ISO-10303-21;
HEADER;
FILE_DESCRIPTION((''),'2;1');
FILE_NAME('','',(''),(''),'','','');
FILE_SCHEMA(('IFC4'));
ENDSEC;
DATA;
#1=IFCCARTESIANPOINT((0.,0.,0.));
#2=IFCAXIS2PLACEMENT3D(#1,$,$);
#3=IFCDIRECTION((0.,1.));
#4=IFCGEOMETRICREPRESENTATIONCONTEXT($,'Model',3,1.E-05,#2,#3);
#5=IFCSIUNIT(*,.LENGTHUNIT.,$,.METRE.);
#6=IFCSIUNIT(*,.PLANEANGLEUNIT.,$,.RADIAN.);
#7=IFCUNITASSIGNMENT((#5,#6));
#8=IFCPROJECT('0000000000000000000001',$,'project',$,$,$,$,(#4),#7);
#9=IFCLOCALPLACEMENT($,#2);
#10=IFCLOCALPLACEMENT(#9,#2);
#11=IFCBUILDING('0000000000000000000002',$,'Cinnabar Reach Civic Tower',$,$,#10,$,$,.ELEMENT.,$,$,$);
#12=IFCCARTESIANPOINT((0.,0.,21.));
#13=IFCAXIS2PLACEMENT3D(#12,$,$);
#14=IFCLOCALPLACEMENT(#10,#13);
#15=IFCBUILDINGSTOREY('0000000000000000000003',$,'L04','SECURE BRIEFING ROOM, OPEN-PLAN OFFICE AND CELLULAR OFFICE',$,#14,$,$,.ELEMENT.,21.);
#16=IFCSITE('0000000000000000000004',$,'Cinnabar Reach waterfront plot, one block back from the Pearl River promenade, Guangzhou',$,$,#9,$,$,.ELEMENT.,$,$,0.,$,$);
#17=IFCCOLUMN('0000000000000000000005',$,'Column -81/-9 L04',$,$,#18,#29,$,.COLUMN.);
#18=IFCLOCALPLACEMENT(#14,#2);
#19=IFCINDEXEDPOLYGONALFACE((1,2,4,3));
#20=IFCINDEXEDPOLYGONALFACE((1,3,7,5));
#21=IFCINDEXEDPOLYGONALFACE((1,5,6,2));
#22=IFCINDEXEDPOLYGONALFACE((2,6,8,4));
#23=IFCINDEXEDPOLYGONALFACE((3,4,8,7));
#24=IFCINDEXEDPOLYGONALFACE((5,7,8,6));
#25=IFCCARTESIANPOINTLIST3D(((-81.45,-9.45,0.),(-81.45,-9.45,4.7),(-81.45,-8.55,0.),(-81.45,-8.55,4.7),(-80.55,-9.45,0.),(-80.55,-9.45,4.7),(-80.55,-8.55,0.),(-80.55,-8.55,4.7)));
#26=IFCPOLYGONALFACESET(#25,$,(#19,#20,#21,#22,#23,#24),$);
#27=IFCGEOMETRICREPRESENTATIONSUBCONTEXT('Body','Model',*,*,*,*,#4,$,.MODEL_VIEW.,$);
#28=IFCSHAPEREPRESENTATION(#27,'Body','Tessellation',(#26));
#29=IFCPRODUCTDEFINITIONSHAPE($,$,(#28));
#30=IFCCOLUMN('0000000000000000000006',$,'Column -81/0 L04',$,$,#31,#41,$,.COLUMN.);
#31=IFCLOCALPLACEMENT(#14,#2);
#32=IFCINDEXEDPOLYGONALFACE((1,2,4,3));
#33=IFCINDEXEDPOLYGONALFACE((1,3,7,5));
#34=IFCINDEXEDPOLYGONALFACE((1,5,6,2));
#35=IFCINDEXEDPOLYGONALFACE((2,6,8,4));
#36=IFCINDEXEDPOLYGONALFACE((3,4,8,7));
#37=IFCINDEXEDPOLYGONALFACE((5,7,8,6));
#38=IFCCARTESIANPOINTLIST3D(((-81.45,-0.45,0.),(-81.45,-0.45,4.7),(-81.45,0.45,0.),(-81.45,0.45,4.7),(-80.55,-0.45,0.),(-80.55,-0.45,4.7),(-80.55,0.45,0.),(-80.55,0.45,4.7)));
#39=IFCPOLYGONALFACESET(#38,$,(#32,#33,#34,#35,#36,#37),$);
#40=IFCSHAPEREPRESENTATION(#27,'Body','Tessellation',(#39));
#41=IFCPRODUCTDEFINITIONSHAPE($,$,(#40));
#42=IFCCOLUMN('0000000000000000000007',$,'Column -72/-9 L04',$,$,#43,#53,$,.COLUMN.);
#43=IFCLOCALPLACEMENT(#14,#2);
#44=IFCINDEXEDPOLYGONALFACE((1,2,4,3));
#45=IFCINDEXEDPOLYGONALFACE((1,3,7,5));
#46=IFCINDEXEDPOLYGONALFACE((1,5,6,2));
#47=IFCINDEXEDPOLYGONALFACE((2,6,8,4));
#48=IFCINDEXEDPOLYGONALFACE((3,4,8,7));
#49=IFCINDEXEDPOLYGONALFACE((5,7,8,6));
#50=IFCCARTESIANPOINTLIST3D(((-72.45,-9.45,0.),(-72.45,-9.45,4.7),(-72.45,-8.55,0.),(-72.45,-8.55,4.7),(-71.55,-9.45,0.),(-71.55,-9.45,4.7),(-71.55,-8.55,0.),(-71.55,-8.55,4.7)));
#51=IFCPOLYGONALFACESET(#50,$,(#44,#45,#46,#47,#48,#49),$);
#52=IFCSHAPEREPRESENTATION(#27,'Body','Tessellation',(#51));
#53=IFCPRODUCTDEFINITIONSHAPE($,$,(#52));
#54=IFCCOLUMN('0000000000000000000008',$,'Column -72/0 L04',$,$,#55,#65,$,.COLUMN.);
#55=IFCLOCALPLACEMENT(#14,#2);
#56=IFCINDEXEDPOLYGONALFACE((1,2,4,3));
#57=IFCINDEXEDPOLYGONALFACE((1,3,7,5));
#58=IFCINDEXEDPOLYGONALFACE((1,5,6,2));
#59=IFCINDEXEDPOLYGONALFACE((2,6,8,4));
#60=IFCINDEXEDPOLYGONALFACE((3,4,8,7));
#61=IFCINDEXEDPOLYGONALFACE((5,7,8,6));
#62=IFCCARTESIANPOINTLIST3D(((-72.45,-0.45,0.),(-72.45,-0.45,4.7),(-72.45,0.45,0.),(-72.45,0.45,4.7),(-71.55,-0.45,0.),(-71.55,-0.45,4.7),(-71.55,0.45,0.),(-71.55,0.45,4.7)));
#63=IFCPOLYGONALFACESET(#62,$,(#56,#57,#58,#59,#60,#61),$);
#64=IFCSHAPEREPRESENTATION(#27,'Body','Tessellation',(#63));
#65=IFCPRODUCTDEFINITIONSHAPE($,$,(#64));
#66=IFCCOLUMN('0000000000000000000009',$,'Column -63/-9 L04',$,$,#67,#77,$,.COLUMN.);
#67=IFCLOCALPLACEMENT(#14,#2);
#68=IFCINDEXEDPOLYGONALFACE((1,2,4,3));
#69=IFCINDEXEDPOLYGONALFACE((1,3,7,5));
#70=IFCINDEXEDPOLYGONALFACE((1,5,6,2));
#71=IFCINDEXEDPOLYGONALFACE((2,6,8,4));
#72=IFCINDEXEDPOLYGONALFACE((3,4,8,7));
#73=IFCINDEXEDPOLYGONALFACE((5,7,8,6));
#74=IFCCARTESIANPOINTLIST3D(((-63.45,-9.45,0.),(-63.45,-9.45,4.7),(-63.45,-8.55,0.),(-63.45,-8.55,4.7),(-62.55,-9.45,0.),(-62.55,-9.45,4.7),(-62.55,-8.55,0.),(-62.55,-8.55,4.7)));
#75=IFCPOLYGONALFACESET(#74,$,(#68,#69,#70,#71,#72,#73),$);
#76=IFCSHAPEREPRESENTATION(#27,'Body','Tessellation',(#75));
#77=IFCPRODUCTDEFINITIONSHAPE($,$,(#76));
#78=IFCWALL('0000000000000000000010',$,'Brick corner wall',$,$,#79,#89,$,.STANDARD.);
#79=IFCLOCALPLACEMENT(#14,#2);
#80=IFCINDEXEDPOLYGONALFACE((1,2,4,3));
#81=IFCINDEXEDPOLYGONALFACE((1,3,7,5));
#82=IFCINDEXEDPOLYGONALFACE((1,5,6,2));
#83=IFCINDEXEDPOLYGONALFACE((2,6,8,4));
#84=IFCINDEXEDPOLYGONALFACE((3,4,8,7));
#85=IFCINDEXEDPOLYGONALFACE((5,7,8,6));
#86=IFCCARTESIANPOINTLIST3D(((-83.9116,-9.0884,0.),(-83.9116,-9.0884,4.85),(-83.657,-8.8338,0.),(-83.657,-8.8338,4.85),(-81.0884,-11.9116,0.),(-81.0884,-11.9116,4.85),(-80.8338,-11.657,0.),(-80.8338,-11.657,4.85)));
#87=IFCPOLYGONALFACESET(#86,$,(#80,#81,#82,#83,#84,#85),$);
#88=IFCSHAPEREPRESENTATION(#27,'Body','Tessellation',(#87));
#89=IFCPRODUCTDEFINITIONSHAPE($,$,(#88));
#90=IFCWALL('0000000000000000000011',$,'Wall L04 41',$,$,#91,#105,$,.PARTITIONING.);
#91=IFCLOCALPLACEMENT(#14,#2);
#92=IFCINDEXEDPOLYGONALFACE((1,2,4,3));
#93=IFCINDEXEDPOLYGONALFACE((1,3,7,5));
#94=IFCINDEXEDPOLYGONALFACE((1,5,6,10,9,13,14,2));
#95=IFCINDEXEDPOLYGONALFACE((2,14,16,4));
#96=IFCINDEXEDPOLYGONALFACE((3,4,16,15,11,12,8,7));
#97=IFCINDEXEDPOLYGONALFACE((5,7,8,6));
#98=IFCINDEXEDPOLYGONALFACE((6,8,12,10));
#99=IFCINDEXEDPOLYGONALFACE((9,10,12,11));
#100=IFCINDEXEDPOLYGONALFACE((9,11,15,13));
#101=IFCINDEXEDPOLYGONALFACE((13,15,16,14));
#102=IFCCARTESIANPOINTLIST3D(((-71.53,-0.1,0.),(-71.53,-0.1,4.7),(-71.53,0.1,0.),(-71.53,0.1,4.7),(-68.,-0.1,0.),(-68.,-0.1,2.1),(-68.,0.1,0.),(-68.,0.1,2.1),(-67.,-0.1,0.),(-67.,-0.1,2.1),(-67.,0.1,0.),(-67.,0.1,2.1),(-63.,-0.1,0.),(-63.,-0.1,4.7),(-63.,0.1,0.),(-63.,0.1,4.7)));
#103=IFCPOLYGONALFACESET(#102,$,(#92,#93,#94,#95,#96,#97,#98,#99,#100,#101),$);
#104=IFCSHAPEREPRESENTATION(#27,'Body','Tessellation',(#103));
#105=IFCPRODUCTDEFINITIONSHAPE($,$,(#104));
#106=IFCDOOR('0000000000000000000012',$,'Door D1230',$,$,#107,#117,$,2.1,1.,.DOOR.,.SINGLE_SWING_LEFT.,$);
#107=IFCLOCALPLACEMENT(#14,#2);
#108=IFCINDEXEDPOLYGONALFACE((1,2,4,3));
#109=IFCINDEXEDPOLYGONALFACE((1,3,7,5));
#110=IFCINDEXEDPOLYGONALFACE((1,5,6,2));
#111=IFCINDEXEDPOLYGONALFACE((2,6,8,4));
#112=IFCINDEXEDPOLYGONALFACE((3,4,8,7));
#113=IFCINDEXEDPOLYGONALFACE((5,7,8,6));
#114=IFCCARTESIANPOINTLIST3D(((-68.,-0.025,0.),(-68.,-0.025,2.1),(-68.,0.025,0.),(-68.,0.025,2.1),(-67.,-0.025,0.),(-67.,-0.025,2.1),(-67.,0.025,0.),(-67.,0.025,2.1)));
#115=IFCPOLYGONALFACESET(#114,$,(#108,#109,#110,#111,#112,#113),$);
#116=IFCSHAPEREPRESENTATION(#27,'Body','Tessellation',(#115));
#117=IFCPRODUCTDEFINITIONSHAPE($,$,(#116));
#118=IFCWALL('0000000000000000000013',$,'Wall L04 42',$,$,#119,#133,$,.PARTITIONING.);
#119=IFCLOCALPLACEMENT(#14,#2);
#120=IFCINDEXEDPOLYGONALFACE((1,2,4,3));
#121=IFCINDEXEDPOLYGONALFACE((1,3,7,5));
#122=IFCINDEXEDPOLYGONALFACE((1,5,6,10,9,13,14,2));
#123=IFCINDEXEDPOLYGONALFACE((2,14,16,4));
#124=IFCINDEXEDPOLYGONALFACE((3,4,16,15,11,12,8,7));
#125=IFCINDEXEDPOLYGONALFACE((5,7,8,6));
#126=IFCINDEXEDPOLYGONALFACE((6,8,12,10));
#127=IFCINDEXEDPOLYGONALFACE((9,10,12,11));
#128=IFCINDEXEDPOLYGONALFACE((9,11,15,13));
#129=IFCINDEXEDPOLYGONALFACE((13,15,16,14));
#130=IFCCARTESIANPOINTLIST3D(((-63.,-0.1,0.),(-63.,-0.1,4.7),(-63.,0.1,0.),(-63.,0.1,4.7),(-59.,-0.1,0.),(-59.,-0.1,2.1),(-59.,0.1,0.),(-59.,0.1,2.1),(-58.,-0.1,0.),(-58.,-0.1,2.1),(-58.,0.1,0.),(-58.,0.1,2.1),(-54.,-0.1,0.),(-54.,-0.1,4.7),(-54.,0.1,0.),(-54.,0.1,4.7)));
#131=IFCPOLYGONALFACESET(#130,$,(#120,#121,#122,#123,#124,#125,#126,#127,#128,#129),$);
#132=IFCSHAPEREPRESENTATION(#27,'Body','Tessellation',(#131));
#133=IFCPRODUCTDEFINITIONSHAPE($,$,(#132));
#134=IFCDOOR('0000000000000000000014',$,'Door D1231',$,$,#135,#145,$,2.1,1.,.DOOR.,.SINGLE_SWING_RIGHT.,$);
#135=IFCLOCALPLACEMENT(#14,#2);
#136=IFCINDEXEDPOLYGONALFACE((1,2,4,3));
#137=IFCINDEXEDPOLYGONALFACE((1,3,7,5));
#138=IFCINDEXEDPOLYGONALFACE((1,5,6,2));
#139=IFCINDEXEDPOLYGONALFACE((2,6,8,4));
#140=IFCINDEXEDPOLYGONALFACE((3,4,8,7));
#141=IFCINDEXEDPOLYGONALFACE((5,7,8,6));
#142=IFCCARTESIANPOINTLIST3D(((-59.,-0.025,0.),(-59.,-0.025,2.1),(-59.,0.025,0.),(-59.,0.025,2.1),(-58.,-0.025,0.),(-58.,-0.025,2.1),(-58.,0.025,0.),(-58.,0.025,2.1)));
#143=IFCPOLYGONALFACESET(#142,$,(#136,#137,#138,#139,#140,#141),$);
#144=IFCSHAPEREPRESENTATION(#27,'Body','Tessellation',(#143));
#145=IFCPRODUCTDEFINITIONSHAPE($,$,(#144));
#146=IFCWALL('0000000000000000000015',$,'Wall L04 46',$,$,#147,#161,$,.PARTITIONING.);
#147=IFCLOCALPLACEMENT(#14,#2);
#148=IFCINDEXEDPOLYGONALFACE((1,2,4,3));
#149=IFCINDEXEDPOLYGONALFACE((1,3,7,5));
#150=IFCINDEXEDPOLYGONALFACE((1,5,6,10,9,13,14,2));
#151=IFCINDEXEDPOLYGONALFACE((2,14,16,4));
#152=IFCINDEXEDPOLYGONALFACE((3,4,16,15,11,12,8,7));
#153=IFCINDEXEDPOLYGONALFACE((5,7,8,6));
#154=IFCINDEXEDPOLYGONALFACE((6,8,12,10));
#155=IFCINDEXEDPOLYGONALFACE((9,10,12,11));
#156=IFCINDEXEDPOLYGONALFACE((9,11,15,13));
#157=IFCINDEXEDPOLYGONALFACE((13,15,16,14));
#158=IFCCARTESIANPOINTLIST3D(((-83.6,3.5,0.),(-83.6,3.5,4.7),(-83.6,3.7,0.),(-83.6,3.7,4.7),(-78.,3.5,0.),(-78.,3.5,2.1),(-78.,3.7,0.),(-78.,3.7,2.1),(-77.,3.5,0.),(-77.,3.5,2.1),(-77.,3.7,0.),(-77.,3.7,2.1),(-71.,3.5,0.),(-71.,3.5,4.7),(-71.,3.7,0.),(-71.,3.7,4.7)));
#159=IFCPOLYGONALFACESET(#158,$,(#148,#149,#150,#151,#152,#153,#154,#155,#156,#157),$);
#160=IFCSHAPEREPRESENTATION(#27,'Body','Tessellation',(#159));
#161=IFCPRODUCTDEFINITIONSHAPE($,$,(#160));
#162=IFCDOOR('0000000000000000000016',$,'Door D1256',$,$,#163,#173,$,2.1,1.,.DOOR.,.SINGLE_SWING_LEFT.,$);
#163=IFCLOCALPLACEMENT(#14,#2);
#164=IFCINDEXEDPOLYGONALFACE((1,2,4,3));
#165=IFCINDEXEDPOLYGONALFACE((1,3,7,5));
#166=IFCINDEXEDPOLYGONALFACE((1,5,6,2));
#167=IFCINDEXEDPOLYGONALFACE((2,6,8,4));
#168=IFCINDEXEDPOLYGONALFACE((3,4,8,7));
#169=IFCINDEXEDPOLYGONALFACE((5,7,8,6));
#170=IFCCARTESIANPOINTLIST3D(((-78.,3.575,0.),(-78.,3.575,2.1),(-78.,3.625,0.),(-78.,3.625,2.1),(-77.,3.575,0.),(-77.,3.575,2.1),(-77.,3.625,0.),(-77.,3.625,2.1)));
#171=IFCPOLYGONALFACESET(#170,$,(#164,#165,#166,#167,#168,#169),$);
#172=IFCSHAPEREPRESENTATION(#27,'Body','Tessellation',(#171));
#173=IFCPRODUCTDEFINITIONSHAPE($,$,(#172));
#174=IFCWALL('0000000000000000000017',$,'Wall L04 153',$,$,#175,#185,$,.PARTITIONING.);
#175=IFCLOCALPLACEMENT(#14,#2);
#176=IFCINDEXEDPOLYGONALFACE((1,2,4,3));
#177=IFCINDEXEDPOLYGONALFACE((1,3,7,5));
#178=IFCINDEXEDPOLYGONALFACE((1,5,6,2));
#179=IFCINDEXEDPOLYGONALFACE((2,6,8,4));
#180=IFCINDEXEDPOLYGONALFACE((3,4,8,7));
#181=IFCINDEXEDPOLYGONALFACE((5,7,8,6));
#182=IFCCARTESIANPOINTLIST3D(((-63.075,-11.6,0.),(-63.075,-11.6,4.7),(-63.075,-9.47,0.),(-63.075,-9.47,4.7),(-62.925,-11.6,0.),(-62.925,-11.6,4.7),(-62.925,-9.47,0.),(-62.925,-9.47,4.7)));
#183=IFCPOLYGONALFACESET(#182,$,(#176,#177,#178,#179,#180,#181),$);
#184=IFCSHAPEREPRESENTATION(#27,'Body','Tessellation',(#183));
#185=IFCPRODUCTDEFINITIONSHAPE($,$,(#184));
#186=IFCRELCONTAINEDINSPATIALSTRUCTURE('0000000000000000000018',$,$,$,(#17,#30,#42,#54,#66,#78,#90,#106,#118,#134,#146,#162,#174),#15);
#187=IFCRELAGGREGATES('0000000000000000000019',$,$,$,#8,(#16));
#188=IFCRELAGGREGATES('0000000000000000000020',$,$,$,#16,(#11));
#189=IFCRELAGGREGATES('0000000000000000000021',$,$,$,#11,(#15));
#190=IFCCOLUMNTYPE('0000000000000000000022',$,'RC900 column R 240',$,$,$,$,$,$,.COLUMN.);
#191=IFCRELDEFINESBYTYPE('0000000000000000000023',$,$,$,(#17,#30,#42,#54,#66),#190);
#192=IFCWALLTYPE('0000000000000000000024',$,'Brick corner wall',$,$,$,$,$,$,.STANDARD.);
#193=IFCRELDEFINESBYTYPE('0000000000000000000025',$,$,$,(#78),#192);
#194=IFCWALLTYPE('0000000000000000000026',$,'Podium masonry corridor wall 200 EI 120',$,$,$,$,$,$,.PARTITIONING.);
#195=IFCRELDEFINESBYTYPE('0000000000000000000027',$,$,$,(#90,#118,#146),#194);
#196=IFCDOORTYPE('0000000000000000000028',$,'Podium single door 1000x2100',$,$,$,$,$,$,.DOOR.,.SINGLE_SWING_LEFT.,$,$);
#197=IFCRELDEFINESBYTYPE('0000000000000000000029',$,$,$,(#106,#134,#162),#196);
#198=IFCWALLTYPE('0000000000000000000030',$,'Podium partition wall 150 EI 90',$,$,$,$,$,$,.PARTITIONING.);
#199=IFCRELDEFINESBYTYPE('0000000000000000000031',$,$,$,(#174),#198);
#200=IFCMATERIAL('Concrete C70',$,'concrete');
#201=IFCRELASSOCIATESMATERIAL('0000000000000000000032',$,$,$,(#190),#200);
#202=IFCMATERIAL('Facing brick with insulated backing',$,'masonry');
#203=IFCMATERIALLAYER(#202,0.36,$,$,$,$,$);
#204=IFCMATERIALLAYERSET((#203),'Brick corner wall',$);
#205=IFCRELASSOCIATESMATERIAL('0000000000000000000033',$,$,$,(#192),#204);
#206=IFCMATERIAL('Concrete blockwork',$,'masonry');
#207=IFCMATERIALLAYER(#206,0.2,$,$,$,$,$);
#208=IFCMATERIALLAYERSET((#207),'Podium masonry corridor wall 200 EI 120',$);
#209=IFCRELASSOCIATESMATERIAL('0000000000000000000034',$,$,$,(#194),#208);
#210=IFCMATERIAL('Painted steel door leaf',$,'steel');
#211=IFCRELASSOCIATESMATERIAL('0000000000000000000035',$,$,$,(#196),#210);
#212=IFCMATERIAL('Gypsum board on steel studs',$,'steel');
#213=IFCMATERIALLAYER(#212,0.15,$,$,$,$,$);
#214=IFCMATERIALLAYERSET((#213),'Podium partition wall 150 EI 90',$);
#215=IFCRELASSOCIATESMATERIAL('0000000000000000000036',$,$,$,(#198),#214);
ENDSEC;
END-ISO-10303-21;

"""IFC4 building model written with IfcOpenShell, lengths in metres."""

from ifc_helpers import new_model, si_unit, direction, frame, frame_2d, origin, origin_2d, place, context, subcontext, project, spatial, rectangle, extrude, material, layer, layer_set, material_profile, profile_set, type_object, element, fill, save


model = new_model("IFC4")

# Units and contexts
model_context = context("Model", 3, precision=1e-05, world=origin(), true_north=direction((0.0, 1.0)))
body_context = subcontext(model_context, "Body", "Model", "MODEL_VIEW")
ifc_project = project(units=[si_unit("LENGTHUNIT", "METRE"), si_unit("PLANEANGLEUNIT", "RADIAN")], contexts=[model_context])

# Site, building, storey
site_placement = place(None, origin())
site = spatial("IfcSite", under=ifc_project, at=site_placement, Name="Cinnabar Reach waterfront plot, one block back from the Pearl River promenade, Guangzhou", CompositionType="ELEMENT", RefElevation=0.0)
building_placement = place(site_placement, origin())
building = spatial("IfcBuilding", under=site, at=building_placement, Name="Cinnabar Reach Civic Tower", CompositionType="ELEMENT")
storey_placement = place(building_placement, frame((0.0, 0.0, 21.0)))
storey = spatial("IfcBuildingStorey", under=building, at=storey_placement, Name="L04", Description="SECURE BRIEFING ROOM, OPEN-PLAN OFFICE AND CELLULAR OFFICE", CompositionType="ELEMENT", Elevation=21.0)

# Columns
ifc_material_1 = material(Name="Concrete C70", Category="concrete")
ifc_material_profile = material_profile(ifc_material_1, rectangle(XDim=0.9, YDim=0.9, at=origin_2d()), Name="RC900")
ifc_profile_set = profile_set([ifc_material_profile], Name="Concrete C70")
column_type = type_object("IfcColumnType", Name="RC900 column R 240", PredefinedType="COLUMN", material=ifc_profile_set)
for number, where, z_axis, x_axis, name in (
    (1, (-81.0, -9.0, 0.0), (0.0, 0.0, 1.0), (1.0, 0.0, 0.0), "Column -81/-9 L04"),
    (2, (-81.0, 0.0, 0.0), (0.0, 0.0, 1.0), (1.0, 0.0, 0.0), "Column -81/0 L04"),
    (3, (-72.0, -9.0, 0.0), (0.0, 0.0, 1.0), (1.0, 0.0, 0.0), "Column -72/-9 L04"),
    (4, (-72.0, 0.0, 0.0), (0.0, 0.0, 1.0), (1.0, 0.0, 0.0), "Column -72/0 L04"),
    (5, (-63.0, -9.0, 0.0), (0.0, 0.0, 1.0), (1.0, 0.0, 0.0), "Column -63/-9 L04"),
):
    element("IfcColumn", number, at=place(storey_placement, frame(where, z_axis=z_axis, x_axis=x_axis)), inside=storey, type_object=column_type, Name=name, PredefinedType="COLUMN", context=body_context, shape_type="SweptSolid", body=[
        extrude(rectangle(XDim=0.9, YDim=0.9, at=origin_2d()), origin(), (0.0, 0.0, 1.0), 4.7),
    ])

# Wall
ifc_material_2 = material(Name="Facing brick with insulated backing", Category="masonry")
ifc_layer_1 = layer(ifc_material_2, 0.36)
ifc_layer_set_1 = layer_set([ifc_layer_1], Name="Brick corner wall")
wall_type_1 = type_object("IfcWallType", Name="Brick corner wall", PredefinedType="STANDARD", material=ifc_layer_set_1)
wall_1_placement = place(storey_placement, frame((-83.7843, -8.9611, 0.0), z_axis=(0.0, 0.0, 1.0), x_axis=(0.707107, -0.707107, 0.0)))
element("IfcWall", 6, at=wall_1_placement, inside=storey, type_object=wall_type_1, Name="Brick corner wall", PredefinedType="STANDARD", context=body_context, shape_type="SweptSolid", body=[
    extrude(rectangle(XDim=3.9926, YDim=0.36, at=frame_2d((1.9963, 0.0))), origin(), (0.0, 0.0, 1.0), 4.85),
])

# Walls, openings, doors
ifc_material_3 = material(Name="Concrete blockwork", Category="masonry")
ifc_layer_2 = layer(ifc_material_3, 0.2)
ifc_layer_set_2 = layer_set([ifc_layer_2], Name="Podium masonry corridor wall 200 EI 120")
wall_type_2 = type_object("IfcWallType", Name="Podium masonry corridor wall 200 EI 120", PredefinedType="PARTITIONING", material=ifc_layer_set_2)
wall_2_placement = place(storey_placement, frame((-71.53, 0.0, 0.0), z_axis=(0.0, 0.0, 1.0), x_axis=(1.0, 0.0, 0.0)))
wall_2 = element("IfcWall", 7, at=wall_2_placement, inside=storey, type_object=wall_type_2, Name="Wall L04 41", PredefinedType="PARTITIONING", context=body_context, shape_type="SweptSolid", body=[
    extrude(rectangle(XDim=8.53, YDim=0.2, at=frame_2d((4.265, 0.0))), origin(), (0.0, 0.0, 1.0), 4.7),
])
opening_1_placement = place(wall_2_placement, frame((3.53, 0.0, 0.0)))
opening_1 = element("IfcOpeningElement", 8, at=opening_1_placement, cuts=wall_2, PredefinedType="OPENING", context=body_context, shape_type="SweptSolid", body=[
    extrude(rectangle(XDim=1.0, YDim=2.1, at=frame_2d((0.5, 1.05))), frame((0.0, 0.11, 0.0), z_axis=(0.0, -1.0, 0.0), x_axis=(1.0, 0.0, 0.0)), (0.0, 0.0, 1.0), 0.22),
])
ifc_material_4 = material(Name="Painted steel door leaf", Category="steel")
door_type_1 = type_object("IfcDoorType", Name="Podium single door 1000x2100", OperationType="SINGLE_SWING_LEFT", PredefinedType="DOOR", material=ifc_material_4)
door_1_placement = place(opening_1_placement, frame((1.0, 0.0, 0.0), z_axis=(0.0, 0.0, 1.0), x_axis=(-1.0, 0.0, 0.0)))
door_1 = element("IfcDoor", 9, at=door_1_placement, inside=storey, type_object=door_type_1, Name="Door D1230", OperationType="SINGLE_SWING_LEFT", OverallHeight=2.1, OverallWidth=1.0, PredefinedType="DOOR", context=body_context, shape_type="SweptSolid", body=[
    extrude(rectangle(XDim=1.0, YDim=2.1, at=frame_2d((0.5, 1.05))), frame((0.0, 0.025, 0.0), z_axis=(0.0, -1.0, 0.0), x_axis=(1.0, 0.0, 0.0)), (0.0, 0.0, 1.0), 0.05),
])
fill(opening_1, door_1)
wall_3_placement = place(storey_placement, frame((-63.0, 0.0, 0.0), z_axis=(0.0, 0.0, 1.0), x_axis=(1.0, 0.0, 0.0)))
wall_3 = element("IfcWall", 10, at=wall_3_placement, inside=storey, type_object=wall_type_2, Name="Wall L04 42", PredefinedType="PARTITIONING", context=body_context, shape_type="SweptSolid", body=[
    extrude(rectangle(XDim=9.0, YDim=0.2, at=frame_2d((4.5, 0.0))), origin(), (0.0, 0.0, 1.0), 4.7),
])
opening_2_placement = place(wall_3_placement, frame((4.0, 0.0, 0.0)))
opening_2 = element("IfcOpeningElement", 11, at=opening_2_placement, cuts=wall_3, PredefinedType="OPENING", context=body_context, shape_type="SweptSolid", body=[
    extrude(rectangle(XDim=1.0, YDim=2.1, at=frame_2d((0.5, 1.05))), frame((0.0, 0.11, 0.0), z_axis=(0.0, -1.0, 0.0), x_axis=(1.0, 0.0, 0.0)), (0.0, 0.0, 1.0), 0.22),
])
door_2_placement = place(opening_2_placement, frame((1.0, 0.0, 0.0), z_axis=(0.0, 0.0, 1.0), x_axis=(-1.0, 0.0, 0.0)))
door_2 = element("IfcDoor", 12, at=door_2_placement, inside=storey, type_object=door_type_1, Name="Door D1231", OperationType="SINGLE_SWING_RIGHT", OverallHeight=2.1, OverallWidth=1.0, PredefinedType="DOOR", context=body_context, shape_type="SweptSolid", body=[
    extrude(rectangle(XDim=1.0, YDim=2.1, at=frame_2d((0.5, 1.05))), frame((0.0, 0.025, 0.0), z_axis=(0.0, -1.0, 0.0), x_axis=(1.0, 0.0, 0.0)), (0.0, 0.0, 1.0), 0.05),
])
fill(opening_2, door_2)
wall_4_placement = place(storey_placement, frame((-83.6, 3.6, 0.0), z_axis=(0.0, 0.0, 1.0), x_axis=(1.0, 0.0, 0.0)))
wall_4 = element("IfcWall", 13, at=wall_4_placement, inside=storey, type_object=wall_type_2, Name="Wall L04 46", PredefinedType="PARTITIONING", context=body_context, shape_type="SweptSolid", body=[
    extrude(rectangle(XDim=12.6, YDim=0.2, at=frame_2d((6.3, 0.0))), origin(), (0.0, 0.0, 1.0), 4.7),
])
opening_3_placement = place(wall_4_placement, frame((5.6, 0.0, 0.0)))
opening_3 = element("IfcOpeningElement", 14, at=opening_3_placement, cuts=wall_4, PredefinedType="OPENING", context=body_context, shape_type="SweptSolid", body=[
    extrude(rectangle(XDim=1.0, YDim=2.1, at=frame_2d((0.5, 1.05))), frame((0.0, 0.11, 0.0), z_axis=(0.0, -1.0, 0.0), x_axis=(1.0, 0.0, 0.0)), (0.0, 0.0, 1.0), 0.22),
])
door_3_placement = place(opening_3_placement, origin())
door_3 = element("IfcDoor", 15, at=door_3_placement, inside=storey, type_object=door_type_1, Name="Door D1256", OperationType="SINGLE_SWING_LEFT", OverallHeight=2.1, OverallWidth=1.0, PredefinedType="DOOR", context=body_context, shape_type="SweptSolid", body=[
    extrude(rectangle(XDim=1.0, YDim=2.1, at=frame_2d((0.5, 1.05))), frame((0.0, 0.025, 0.0), z_axis=(0.0, -1.0, 0.0), x_axis=(1.0, 0.0, 0.0)), (0.0, 0.0, 1.0), 0.05),
])
fill(opening_3, door_3)

# Wall
ifc_material_5 = material(Name="Gypsum board on steel studs", Category="steel")
ifc_layer_3 = layer(ifc_material_5, 0.15)
ifc_layer_set_3 = layer_set([ifc_layer_3], Name="Podium partition wall 150 EI 90")
wall_type_3 = type_object("IfcWallType", Name="Podium partition wall 150 EI 90", PredefinedType="PARTITIONING", material=ifc_layer_set_3)
wall_5_placement = place(storey_placement, frame((-63.0, -11.6, 0.0), z_axis=(0.0, 0.0, 1.0), x_axis=(0.0, 1.0, 0.0)))
element("IfcWall", 16, at=wall_5_placement, inside=storey, type_object=wall_type_3, Name="Wall L04 153", PredefinedType="PARTITIONING", context=body_context, shape_type="SweptSolid", body=[
    extrude(rectangle(XDim=2.13, YDim=0.15, at=frame_2d((1.065, 0.0))), origin(), (0.0, 0.0, 1.0), 4.7),
])

save(model, "model.ifc")
